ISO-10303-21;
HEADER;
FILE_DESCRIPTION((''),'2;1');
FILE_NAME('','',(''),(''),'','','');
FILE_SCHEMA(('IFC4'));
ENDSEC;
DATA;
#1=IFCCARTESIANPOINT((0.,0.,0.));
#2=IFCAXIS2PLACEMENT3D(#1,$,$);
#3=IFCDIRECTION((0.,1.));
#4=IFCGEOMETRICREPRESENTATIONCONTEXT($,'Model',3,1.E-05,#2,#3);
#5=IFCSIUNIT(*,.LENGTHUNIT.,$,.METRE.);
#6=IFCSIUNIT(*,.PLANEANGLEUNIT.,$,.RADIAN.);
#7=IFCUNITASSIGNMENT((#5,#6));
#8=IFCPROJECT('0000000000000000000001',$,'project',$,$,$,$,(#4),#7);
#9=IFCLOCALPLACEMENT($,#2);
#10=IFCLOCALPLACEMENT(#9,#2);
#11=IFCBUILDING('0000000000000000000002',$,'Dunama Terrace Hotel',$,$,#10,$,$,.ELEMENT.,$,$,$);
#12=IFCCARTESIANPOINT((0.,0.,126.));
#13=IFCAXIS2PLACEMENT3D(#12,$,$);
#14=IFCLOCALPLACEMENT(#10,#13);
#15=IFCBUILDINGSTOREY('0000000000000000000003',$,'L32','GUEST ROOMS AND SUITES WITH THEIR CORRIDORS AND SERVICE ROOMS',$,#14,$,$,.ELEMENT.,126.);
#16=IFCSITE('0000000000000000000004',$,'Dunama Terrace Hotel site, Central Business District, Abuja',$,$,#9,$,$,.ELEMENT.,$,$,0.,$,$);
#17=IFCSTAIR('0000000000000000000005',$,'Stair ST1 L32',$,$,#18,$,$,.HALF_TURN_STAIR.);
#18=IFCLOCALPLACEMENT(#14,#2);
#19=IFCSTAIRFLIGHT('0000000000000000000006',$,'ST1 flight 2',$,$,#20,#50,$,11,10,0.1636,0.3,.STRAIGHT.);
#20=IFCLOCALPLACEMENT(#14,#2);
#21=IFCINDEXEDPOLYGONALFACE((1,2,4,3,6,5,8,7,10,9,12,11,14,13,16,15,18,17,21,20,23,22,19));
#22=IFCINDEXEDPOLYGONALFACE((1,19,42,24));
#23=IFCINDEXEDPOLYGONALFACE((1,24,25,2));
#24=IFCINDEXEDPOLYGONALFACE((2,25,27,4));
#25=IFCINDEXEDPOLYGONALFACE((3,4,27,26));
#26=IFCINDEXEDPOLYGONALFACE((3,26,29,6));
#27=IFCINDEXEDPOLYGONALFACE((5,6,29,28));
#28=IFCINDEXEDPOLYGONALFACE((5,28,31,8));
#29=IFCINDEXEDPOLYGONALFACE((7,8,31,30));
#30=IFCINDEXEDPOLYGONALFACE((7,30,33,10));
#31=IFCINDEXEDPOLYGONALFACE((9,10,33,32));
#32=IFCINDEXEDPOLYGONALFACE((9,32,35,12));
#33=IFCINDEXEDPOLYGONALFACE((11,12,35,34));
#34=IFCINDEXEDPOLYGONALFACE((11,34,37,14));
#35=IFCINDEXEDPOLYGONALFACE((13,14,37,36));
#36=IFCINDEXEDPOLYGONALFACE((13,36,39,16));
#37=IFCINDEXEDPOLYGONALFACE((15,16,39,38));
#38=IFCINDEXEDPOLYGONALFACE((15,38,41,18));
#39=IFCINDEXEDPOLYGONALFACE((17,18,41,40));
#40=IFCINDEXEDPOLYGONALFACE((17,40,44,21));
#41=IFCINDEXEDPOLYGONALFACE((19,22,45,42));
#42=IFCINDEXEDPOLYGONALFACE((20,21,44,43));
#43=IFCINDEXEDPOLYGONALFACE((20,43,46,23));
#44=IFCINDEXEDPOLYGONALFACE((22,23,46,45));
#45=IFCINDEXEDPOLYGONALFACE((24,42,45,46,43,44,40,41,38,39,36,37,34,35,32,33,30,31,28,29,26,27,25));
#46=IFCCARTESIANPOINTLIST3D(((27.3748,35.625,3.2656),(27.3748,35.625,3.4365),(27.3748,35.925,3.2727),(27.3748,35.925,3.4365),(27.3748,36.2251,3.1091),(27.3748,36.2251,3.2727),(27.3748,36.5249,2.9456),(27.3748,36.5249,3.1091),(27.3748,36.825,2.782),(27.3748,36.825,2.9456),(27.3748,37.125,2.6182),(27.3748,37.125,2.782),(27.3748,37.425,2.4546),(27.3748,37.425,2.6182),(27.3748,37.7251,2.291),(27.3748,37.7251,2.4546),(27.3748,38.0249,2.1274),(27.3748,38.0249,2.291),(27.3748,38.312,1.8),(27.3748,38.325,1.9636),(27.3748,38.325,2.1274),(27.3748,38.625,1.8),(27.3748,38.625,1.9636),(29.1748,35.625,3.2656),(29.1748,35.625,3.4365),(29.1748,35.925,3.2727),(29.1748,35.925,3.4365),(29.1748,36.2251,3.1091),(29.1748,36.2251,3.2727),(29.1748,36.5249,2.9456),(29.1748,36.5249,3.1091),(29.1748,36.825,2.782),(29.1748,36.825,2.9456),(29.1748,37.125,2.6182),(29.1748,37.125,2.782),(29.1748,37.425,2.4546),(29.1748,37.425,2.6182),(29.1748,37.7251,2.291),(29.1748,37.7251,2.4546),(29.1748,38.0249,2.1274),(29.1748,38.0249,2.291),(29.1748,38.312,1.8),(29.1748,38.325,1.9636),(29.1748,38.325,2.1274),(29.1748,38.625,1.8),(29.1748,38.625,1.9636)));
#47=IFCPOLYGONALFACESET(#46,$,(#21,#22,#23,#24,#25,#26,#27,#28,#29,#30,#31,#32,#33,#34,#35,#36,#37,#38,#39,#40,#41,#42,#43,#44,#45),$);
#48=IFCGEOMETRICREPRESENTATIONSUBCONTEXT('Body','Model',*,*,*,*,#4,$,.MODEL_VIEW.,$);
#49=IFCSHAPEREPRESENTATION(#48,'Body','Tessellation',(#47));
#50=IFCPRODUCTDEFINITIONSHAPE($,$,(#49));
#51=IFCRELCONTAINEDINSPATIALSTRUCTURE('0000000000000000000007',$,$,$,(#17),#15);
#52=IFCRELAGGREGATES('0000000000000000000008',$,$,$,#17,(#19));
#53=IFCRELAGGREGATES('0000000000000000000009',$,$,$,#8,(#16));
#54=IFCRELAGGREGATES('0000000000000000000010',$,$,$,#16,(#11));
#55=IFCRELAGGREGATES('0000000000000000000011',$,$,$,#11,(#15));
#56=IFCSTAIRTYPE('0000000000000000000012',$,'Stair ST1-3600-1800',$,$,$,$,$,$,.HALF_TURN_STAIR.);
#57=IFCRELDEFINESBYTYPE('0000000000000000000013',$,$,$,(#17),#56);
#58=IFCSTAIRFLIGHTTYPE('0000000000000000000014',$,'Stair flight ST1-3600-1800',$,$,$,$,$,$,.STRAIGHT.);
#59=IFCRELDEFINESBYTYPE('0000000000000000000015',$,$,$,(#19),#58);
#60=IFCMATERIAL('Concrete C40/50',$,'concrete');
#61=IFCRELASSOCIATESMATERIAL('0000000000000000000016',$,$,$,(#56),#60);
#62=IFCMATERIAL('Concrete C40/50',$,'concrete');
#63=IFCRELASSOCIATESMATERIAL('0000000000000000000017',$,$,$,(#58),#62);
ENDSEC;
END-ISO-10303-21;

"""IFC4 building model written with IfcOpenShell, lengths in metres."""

from ifc_helpers import new_model, si_unit, direction, frame, origin, place, context, subcontext, project, spatial, polyline, outline, extrude, material, type_object, element, aggregate, save


model = new_model("IFC4")

# Units and contexts
model_context = context("Model", 3, precision=1e-05, world=origin(), true_north=direction((0.0, 1.0)))
body_context = subcontext(model_context, "Body", "Model", "MODEL_VIEW")
ifc_project = project(units=[si_unit("LENGTHUNIT", "METRE"), si_unit("PLANEANGLEUNIT", "RADIAN")], contexts=[model_context])

# Site, building, storey
site_placement = place(None, origin())
site = spatial("IfcSite", under=ifc_project, at=site_placement, Name="Dunama Terrace Hotel site, Central Business District, Abuja", CompositionType="ELEMENT", RefElevation=0.0)
building_placement = place(site_placement, origin())
building = spatial("IfcBuilding", under=site, at=building_placement, Name="Dunama Terrace Hotel", CompositionType="ELEMENT")
storey_placement = place(building_placement, frame((0.0, 0.0, 126.0)))
storey = spatial("IfcBuildingStorey", under=building, at=storey_placement, Name="L32", Description="GUEST ROOMS AND SUITES WITH THEIR CORRIDORS AND SERVICE ROOMS", CompositionType="ELEMENT", Elevation=126.0)

# Stair, stair flight
ifc_material_1 = material(Name="Concrete C40/50", Category="concrete")
stair_type = type_object("IfcStairType", Name="Stair ST1-3600-1800", PredefinedType="HALF_TURN_STAIR", material=ifc_material_1)
stair_placement = place(storey_placement, origin())
stair = element("IfcStair", 1, at=stair_placement, inside=storey, type_object=stair_type, Name="Stair ST1 L32", PredefinedType="HALF_TURN_STAIR")
ifc_material_2 = material(Name="Concrete C40/50", Category="concrete")
stair_flight_type = type_object("IfcStairFlightType", Name="Stair flight ST1-3600-1800", PredefinedType="STRAIGHT", material=ifc_material_2)
stair_flight_placement = place(storey_placement, frame((28.2749, 38.625, 1.8), z_axis=(0.0, 0.0, 1.0), x_axis=(0.0, -1.0, 0.0)))
stair_flight = element("IfcStairFlight", 2, at=stair_flight_placement, type_object=stair_flight_type, Name="ST1 flight 2", NumberOfRisers=11, NumberOfTreads=10, PredefinedType="STRAIGHT", RiserHeight=0.1636, TreadLength=0.3, context=body_context, shape_type="SweptSolid", body=[
    extrude(outline(polyline([(0.0, 0.0), (0.0, 0.1636), (0.3, 0.1636), (0.3, 0.3274), (0.6001, 0.3274), (0.6001, 0.491), (0.8999, 0.491), (0.8999, 0.6545), (1.2, 0.6545), (1.2, 0.8181), (1.5, 0.8181), (1.5, 0.9819), (1.8, 0.9819), (1.8, 1.1455), (2.1001, 1.1455), (2.1001, 1.3091), (2.3999, 1.3091), (2.3999, 1.4727), (2.7, 1.4727), (2.7, 1.6365), (3.0, 1.6365), (3.0, 1.8), (3.0, 1.4656), (0.313, 0.0), (0.0, 0.0)])), frame((0.0, 0.8999, 0.0), z_axis=(0.0, -1.0, 0.0), x_axis=(1.0, 0.0, 0.0)), (0.0, 0.0, 1.0), 1.8),
])
aggregate(stair, [stair_flight])

save(model, "model.ifc")
